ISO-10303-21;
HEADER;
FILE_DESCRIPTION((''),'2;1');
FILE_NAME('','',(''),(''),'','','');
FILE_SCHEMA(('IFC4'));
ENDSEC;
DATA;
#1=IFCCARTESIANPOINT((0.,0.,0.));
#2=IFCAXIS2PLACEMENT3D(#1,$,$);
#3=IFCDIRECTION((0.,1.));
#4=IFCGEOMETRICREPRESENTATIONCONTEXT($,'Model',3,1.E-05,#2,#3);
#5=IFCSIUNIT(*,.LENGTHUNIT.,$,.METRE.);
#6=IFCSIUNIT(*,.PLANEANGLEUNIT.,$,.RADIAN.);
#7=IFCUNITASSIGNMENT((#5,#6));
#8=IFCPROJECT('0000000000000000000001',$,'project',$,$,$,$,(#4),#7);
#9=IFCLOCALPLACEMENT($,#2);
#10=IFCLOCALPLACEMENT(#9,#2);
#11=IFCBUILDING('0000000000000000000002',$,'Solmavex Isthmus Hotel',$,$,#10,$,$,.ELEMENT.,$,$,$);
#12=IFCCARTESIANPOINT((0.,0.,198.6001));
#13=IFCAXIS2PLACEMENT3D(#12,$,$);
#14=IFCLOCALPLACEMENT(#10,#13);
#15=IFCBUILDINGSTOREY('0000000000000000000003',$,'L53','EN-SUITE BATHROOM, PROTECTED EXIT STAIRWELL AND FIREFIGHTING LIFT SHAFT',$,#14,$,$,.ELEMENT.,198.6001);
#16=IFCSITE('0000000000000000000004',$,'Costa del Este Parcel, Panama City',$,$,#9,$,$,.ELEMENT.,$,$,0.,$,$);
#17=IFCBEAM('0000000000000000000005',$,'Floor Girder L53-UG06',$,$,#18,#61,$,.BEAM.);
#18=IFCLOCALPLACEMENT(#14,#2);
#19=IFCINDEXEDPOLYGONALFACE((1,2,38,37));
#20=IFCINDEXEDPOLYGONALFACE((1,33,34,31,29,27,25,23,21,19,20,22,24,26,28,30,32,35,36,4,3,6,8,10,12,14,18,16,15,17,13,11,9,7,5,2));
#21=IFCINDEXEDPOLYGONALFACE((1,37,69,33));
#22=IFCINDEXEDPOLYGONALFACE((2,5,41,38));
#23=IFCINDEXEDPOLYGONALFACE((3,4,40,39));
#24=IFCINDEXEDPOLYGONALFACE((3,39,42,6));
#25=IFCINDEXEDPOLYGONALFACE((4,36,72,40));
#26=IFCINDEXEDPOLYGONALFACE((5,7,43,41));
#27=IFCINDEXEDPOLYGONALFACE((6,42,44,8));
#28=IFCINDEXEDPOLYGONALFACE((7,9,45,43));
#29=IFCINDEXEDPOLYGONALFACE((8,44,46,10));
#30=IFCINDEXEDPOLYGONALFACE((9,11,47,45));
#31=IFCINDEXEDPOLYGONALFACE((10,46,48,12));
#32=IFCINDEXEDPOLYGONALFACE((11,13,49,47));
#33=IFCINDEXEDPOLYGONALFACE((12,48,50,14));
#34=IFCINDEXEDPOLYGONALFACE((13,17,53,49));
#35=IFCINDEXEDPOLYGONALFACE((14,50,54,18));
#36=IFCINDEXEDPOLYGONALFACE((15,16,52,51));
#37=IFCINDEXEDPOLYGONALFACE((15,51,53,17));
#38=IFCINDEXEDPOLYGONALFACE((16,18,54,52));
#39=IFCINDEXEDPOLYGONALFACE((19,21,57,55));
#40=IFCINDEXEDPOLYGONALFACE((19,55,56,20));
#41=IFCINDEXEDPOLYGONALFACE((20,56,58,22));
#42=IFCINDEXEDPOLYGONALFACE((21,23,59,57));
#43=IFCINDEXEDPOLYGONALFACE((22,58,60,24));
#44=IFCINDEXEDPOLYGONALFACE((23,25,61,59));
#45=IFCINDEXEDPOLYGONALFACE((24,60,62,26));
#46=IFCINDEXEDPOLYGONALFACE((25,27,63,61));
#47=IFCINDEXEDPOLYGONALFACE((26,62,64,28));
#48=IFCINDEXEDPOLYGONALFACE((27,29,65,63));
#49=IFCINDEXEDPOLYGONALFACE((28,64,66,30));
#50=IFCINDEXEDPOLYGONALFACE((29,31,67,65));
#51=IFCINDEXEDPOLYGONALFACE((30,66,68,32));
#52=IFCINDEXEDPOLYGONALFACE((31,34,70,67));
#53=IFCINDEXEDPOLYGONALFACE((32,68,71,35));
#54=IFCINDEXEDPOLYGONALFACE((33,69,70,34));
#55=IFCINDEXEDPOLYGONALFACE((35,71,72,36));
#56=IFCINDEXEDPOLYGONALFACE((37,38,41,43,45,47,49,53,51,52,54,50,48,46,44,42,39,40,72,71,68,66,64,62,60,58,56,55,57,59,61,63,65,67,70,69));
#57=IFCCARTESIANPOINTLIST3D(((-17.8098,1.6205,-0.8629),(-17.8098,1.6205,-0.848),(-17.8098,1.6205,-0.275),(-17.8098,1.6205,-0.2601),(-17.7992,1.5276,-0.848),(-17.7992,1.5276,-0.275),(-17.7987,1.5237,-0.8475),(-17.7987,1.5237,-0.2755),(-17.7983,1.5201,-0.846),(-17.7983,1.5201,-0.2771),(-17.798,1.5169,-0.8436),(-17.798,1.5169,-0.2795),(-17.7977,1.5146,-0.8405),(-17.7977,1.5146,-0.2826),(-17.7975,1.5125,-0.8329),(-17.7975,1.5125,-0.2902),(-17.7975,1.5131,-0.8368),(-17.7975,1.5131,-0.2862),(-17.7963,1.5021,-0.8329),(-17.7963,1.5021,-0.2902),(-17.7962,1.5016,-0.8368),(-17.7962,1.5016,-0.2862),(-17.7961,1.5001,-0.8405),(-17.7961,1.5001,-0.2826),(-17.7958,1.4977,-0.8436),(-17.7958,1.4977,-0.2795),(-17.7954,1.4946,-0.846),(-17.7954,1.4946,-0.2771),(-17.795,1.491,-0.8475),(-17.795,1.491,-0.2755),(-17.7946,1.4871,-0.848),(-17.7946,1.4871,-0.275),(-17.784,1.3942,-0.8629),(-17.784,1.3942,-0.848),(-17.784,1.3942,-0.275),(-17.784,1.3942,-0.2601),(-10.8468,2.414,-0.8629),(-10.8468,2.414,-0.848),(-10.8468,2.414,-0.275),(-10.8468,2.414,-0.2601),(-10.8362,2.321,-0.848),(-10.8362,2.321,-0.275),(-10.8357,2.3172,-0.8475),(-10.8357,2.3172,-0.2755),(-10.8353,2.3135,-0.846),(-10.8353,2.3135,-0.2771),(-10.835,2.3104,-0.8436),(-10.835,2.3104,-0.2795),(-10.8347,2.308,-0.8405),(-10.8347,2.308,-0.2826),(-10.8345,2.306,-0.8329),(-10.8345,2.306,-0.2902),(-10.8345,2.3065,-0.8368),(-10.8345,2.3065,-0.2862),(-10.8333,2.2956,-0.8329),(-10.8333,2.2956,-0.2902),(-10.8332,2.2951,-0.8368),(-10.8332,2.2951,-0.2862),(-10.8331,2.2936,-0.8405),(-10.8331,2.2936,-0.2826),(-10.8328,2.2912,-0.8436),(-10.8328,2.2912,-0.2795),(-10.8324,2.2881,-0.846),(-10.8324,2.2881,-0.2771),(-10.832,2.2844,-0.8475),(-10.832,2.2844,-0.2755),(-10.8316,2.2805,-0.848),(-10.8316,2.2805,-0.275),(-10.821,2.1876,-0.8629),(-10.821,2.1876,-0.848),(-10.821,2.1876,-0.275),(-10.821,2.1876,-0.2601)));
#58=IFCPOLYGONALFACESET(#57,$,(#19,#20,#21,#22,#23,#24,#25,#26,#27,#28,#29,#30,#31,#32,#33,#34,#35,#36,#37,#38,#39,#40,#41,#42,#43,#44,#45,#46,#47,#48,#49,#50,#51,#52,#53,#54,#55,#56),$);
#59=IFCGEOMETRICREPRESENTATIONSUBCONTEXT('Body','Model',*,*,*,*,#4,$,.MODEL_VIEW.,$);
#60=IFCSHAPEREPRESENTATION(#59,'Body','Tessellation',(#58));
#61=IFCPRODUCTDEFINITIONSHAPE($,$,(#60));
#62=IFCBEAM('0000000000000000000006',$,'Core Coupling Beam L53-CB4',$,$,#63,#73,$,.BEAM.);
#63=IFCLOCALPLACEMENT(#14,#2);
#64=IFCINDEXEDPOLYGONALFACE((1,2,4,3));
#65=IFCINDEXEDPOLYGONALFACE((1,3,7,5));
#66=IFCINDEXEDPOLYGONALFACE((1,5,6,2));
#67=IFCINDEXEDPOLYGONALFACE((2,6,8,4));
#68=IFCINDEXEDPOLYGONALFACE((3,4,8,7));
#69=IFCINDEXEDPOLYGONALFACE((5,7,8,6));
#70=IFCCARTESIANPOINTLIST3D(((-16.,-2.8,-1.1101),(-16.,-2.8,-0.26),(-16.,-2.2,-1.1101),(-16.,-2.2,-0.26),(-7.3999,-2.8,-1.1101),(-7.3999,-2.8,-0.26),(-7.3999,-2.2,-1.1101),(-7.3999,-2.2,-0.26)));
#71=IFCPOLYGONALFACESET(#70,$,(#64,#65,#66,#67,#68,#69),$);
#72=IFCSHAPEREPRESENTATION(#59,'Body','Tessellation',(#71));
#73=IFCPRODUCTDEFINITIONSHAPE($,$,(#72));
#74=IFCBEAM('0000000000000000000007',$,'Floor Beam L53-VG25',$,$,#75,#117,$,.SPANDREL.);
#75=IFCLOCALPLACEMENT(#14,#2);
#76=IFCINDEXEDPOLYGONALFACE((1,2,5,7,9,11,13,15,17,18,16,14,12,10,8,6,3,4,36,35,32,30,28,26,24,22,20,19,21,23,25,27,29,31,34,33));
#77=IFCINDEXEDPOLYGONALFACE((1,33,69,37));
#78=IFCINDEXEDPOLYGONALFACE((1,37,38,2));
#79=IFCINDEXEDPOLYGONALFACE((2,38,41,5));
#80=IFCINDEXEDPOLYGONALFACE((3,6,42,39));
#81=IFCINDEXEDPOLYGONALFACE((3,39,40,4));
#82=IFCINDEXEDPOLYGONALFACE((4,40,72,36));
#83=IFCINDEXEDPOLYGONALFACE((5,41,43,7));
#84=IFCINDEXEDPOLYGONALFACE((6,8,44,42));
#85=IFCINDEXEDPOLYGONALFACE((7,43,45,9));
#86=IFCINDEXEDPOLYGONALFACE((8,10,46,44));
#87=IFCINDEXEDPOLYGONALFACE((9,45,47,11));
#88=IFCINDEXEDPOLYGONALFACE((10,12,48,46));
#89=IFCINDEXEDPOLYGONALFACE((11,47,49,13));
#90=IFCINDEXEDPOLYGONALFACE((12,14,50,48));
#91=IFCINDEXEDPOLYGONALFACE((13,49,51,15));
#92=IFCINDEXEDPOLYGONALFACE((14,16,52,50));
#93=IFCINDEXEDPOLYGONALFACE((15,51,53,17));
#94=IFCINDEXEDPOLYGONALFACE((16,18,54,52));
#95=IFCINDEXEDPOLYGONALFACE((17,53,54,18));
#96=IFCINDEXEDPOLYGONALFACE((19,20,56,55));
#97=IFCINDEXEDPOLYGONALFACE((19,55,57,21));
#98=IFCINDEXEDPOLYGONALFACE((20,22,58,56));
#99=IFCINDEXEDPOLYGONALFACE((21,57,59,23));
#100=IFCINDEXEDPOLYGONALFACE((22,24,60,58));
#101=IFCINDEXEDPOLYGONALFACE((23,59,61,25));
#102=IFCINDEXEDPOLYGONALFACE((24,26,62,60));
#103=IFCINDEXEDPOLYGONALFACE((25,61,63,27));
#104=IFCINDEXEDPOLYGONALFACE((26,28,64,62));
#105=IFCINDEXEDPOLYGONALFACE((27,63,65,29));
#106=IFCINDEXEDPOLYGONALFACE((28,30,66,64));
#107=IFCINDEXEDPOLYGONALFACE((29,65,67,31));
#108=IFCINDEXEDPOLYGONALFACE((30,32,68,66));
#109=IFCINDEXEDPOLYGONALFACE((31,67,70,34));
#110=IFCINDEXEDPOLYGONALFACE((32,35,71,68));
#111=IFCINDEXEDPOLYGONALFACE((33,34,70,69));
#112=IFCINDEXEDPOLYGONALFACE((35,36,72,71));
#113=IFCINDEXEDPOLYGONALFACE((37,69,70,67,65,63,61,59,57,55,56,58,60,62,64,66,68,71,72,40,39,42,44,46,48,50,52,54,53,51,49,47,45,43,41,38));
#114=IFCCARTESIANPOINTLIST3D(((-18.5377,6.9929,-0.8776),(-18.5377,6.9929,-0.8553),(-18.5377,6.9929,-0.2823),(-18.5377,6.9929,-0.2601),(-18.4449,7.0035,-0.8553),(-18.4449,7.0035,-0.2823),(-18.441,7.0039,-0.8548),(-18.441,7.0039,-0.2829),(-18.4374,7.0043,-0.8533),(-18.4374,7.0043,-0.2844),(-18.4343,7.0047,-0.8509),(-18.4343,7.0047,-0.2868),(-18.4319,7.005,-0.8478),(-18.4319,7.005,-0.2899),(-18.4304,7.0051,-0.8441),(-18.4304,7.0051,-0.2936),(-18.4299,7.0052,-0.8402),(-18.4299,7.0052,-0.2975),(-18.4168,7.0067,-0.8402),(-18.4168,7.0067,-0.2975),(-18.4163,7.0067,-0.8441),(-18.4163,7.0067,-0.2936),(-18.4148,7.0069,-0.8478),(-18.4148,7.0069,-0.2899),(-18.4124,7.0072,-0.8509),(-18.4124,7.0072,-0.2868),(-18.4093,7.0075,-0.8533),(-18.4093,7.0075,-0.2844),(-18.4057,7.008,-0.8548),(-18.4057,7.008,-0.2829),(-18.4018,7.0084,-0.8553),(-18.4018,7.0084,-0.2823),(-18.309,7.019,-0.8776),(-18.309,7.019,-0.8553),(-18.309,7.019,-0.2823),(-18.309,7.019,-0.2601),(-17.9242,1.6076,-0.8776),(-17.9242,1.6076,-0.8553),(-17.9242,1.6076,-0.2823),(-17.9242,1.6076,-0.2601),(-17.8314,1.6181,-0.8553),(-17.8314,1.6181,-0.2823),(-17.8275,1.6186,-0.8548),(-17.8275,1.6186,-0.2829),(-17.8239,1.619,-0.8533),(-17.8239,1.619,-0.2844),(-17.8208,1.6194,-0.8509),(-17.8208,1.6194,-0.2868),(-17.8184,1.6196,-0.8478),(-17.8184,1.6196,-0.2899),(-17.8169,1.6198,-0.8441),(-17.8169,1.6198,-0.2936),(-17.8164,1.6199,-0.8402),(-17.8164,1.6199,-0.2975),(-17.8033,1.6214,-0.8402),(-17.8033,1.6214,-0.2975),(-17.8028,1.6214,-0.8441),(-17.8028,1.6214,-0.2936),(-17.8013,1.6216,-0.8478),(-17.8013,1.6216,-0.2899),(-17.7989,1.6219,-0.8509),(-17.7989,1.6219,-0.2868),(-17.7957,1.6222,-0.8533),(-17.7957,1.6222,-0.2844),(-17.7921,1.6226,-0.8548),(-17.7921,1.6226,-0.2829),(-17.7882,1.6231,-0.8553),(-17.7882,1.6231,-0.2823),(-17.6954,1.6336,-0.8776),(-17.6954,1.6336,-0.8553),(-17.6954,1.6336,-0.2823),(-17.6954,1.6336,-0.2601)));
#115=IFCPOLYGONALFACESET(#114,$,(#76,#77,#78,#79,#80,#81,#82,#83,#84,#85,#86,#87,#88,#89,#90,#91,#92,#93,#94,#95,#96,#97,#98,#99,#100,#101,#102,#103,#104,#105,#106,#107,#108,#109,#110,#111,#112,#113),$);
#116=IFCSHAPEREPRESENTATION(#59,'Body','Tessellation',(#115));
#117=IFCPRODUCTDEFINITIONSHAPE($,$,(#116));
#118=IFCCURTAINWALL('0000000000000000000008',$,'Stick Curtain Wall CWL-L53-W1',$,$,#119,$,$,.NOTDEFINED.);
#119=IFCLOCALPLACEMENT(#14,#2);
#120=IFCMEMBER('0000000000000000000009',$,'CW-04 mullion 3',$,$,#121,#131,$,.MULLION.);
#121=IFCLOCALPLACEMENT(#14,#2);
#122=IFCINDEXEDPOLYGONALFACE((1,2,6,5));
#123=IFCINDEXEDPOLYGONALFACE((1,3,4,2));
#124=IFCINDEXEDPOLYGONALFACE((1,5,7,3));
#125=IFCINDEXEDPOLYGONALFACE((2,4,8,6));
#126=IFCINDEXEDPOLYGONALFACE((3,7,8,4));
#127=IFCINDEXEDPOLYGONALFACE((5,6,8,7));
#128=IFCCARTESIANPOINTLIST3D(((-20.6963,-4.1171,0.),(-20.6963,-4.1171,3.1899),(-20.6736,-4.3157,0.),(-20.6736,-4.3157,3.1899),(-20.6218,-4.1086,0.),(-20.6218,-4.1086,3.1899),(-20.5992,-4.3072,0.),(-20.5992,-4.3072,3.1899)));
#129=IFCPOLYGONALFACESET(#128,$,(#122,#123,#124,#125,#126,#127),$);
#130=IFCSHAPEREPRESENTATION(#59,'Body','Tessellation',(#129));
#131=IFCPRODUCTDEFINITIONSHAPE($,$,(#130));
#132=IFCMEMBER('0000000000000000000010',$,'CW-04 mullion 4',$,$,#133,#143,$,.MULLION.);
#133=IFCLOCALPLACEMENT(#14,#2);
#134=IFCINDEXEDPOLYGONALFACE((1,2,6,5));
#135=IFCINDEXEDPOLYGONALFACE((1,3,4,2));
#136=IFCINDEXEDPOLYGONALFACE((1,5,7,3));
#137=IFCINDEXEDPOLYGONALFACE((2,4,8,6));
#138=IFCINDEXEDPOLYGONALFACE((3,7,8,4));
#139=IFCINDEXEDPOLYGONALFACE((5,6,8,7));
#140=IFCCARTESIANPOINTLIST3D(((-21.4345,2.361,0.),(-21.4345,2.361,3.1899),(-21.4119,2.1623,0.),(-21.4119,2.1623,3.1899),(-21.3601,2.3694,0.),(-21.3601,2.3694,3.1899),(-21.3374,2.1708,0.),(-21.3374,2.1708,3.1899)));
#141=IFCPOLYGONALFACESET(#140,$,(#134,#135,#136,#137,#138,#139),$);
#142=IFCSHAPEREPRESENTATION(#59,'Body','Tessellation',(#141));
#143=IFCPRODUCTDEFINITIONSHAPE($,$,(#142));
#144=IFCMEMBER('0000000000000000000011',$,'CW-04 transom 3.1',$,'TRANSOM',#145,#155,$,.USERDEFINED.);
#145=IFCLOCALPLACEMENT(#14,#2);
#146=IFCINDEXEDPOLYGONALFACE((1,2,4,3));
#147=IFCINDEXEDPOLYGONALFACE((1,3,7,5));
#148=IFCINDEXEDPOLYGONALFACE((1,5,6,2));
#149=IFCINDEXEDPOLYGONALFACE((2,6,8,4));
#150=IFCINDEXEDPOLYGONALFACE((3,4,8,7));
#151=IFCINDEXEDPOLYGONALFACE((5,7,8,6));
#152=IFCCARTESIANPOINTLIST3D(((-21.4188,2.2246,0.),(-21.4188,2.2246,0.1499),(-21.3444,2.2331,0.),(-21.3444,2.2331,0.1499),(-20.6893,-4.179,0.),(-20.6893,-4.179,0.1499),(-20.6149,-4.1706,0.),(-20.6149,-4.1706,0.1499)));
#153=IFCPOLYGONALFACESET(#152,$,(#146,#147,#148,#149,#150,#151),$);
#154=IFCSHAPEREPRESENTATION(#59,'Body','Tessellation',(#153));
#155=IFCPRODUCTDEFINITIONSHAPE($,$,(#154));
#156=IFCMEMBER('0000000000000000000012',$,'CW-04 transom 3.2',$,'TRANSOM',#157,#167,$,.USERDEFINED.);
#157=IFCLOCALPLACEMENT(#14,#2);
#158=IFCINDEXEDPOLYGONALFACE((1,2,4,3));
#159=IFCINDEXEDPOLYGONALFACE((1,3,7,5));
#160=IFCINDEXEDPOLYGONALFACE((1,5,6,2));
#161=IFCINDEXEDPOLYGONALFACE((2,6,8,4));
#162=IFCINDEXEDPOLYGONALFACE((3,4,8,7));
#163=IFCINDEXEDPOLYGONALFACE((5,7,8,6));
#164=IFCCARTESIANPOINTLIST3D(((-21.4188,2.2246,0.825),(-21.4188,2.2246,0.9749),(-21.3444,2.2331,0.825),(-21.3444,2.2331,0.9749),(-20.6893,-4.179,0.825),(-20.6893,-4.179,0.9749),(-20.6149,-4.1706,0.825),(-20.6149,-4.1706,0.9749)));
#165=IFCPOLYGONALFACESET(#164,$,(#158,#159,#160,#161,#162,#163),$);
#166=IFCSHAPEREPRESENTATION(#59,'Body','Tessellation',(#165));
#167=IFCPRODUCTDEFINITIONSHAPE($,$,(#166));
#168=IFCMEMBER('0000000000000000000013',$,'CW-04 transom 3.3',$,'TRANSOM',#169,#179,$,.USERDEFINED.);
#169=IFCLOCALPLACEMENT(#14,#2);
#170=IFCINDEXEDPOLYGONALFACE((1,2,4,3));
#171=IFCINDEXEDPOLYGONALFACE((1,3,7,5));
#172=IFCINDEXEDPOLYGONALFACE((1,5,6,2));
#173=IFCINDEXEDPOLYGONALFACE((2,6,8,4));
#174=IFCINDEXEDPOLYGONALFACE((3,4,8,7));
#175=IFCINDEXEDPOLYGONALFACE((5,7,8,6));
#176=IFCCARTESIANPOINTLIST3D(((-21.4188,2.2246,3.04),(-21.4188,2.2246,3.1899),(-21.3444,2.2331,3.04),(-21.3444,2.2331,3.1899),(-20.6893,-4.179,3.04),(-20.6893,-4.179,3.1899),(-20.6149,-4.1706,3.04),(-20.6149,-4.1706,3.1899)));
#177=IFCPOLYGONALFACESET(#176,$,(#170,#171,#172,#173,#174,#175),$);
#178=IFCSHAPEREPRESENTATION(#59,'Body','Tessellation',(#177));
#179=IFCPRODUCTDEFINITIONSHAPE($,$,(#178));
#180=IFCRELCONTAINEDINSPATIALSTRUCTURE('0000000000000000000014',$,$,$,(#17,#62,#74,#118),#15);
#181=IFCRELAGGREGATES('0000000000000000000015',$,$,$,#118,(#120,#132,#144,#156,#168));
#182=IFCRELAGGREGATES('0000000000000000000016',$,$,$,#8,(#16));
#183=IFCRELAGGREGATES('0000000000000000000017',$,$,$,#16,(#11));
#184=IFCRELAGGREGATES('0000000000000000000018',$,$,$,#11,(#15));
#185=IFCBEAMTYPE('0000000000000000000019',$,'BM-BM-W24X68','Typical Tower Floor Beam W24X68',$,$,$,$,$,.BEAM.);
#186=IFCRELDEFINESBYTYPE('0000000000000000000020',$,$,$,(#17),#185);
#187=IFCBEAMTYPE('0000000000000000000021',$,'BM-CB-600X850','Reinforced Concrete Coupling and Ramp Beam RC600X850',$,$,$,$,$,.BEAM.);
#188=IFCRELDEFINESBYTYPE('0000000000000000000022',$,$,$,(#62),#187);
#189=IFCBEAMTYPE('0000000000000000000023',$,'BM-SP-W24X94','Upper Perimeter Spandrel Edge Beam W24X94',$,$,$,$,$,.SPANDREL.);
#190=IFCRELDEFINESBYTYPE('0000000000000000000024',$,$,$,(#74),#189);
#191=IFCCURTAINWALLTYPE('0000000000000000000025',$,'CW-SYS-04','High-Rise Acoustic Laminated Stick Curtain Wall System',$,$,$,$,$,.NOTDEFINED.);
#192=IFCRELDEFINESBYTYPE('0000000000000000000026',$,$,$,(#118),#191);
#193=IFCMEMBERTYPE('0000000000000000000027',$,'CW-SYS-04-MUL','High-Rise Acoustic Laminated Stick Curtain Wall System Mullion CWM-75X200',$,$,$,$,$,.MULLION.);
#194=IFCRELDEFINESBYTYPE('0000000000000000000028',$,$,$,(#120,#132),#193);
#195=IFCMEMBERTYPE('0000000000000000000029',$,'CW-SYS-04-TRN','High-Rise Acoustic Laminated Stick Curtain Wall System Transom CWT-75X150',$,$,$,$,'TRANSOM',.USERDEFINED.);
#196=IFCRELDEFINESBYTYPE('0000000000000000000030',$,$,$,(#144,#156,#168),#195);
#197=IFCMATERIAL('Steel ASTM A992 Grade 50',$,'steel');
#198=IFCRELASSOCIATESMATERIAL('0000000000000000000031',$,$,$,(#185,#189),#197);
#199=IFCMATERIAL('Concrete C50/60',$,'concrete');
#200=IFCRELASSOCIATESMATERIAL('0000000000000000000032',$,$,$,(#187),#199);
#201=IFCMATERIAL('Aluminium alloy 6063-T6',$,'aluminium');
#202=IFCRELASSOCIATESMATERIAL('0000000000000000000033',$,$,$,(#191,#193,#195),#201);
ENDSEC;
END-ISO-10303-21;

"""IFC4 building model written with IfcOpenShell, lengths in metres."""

from ifc_helpers import new_model, si_unit, direction, frame, origin, origin_2d, place, context, subcontext, project, spatial, rectangle, i_section, extrude, material, material_profile, profile_set, type_object, element, aggregate, save


model = new_model("IFC4")

# Units and contexts
model_context = context("Model", 3, precision=1e-05, world=origin(), true_north=direction((0.0, 1.0)))
body_context = subcontext(model_context, "Body", "Model", "MODEL_VIEW")
ifc_project = project(units=[si_unit("LENGTHUNIT", "METRE"), si_unit("PLANEANGLEUNIT", "RADIAN")], contexts=[model_context])

# Site, building, storey
site_placement = place(None, origin())
site = spatial("IfcSite", under=ifc_project, at=site_placement, Name="Costa del Este Parcel, Panama City", CompositionType="ELEMENT", RefElevation=0.0)
building_placement = place(site_placement, origin())
building = spatial("IfcBuilding", under=site, at=building_placement, Name="Solmavex Isthmus Hotel", CompositionType="ELEMENT")
storey_placement = place(building_placement, frame((0.0, 0.0, 198.6001)))
storey = spatial("IfcBuildingStorey", under=building, at=storey_placement, Name="L53", Description="EN-SUITE BATHROOM, PROTECTED EXIT STAIRWELL AND FIREFIGHTING LIFT SHAFT", CompositionType="ELEMENT", Elevation=198.6001)

# Shared definitions
ifc_material_1 = material(Name="Concrete C50/60", Category="concrete")

# Beams
ifc_material_2 = material(Name="Steel ASTM A992 Grade 50", Category="steel")
ifc_material_profile_1 = material_profile(ifc_material_2, i_section(OverallWidth=0.2278, OverallDepth=0.6028, WebThickness=0.0105, FlangeThickness=0.0149, FilletRadius=0.0151, at=origin_2d()), Name="W24X68")
ifc_profile_set_1 = profile_set([ifc_material_profile_1], Name="Steel ASTM A992 Grade 50")
beam_type_1 = type_object("IfcBeamType", Name="BM-BM-W24X68", Description="Typical Tower Floor Beam W24X68", PredefinedType="BEAM", material=ifc_profile_set_1)
beam_1_placement = place(storey_placement, frame((-17.7969, 1.5073, -0.5615), z_axis=(0.99357, 0.113222, 0.0), x_axis=(-0.113222, 0.99357, 0.0)))
element("IfcBeam", 1, at=beam_1_placement, inside=storey, type_object=beam_type_1, Name="Floor Girder L53-UG06", PredefinedType="BEAM", context=body_context, shape_type="SweptSolid", body=[
    extrude(i_section(OverallWidth=0.2278, OverallDepth=0.6028, WebThickness=0.0105, FlangeThickness=0.0149, FilletRadius=0.0151, at=origin_2d()), origin(), (0.0, 0.0, 1.0), 7.0081),
])
ifc_material_profile_2 = material_profile(ifc_material_1, rectangle(XDim=0.6001, YDim=0.8501, at=origin_2d()), Name="RC600X850")
ifc_profile_set_2 = profile_set([ifc_material_profile_2], Name="Concrete C50/60")
beam_type_2 = type_object("IfcBeamType", Name="BM-CB-600X850", Description="Reinforced Concrete Coupling and Ramp Beam RC600X850", PredefinedType="BEAM", material=ifc_profile_set_2)
beam_2_placement = place(storey_placement, frame((-16.0, -2.5, -0.6851), z_axis=(1.0, 0.0, 0.0), x_axis=(0.0, 1.0, 0.0)))
element("IfcBeam", 2, at=beam_2_placement, inside=storey, type_object=beam_type_2, Name="Core Coupling Beam L53-CB4", PredefinedType="BEAM", context=body_context, shape_type="SweptSolid", body=[
    extrude(rectangle(XDim=0.6001, YDim=0.8501, at=origin_2d()), origin(), (0.0, 0.0, 1.0), 8.6001),
])
ifc_material_profile_3 = material_profile(ifc_material_2, i_section(OverallWidth=0.2302, OverallDepth=0.6174, WebThickness=0.0132, FlangeThickness=0.0222, FilletRadius=0.0151, at=origin_2d()), Name="W24X94")
ifc_profile_set_3 = profile_set([ifc_material_profile_3], Name="Steel ASTM A992 Grade 50")
beam_type_3 = type_object("IfcBeamType", Name="BM-SP-W24X94", Description="Upper Perimeter Spandrel Edge Beam W24X94", PredefinedType="SPANDREL", material=ifc_profile_set_3)
beam_3_placement = place(storey_placement, frame((-17.8098, 1.6206, -0.5688), z_axis=(-0.113195, 0.993573, 0.0), x_axis=(-0.993573, -0.113195, 0.0)))
element("IfcBeam", 3, at=beam_3_placement, inside=storey, type_object=beam_type_3, Name="Floor Beam L53-VG25", PredefinedType="SPANDREL", context=body_context, shape_type="SweptSolid", body=[
    extrude(i_section(OverallWidth=0.2302, OverallDepth=0.6174, WebThickness=0.0132, FlangeThickness=0.0222, FilletRadius=0.0151, at=origin_2d()), origin(), (0.0, 0.0, 1.0), 5.4202),
])

# Curtain wall, members
ifc_material_3 = material(Name="Aluminium alloy 6063-T6", Category="aluminium")
curtain_wall_type = type_object("IfcCurtainWallType", Name="CW-SYS-04", Description="High-Rise Acoustic Laminated Stick Curtain Wall System", PredefinedType="NOTDEFINED", material=ifc_material_3)
curtain_wall_placement = place(storey_placement, origin())
curtain_wall = element("IfcCurtainWall", 4, at=curtain_wall_placement, inside=storey, type_object=curtain_wall_type, Name="Stick Curtain Wall CWL-L53-W1", PredefinedType="NOTDEFINED")
ifc_material_profile_4 = material_profile(ifc_material_3, rectangle(XDim=0.075, YDim=0.2, at=origin_2d()), Name="CWM-75X200")
ifc_profile_set_4 = profile_set([ifc_material_profile_4], Name="Aluminium alloy 6063-T6")
member_type_1 = type_object("IfcMemberType", Name="CW-SYS-04-MUL", Description="High-Rise Acoustic Laminated Stick Curtain Wall System Mullion CWM-75X200", PredefinedType="MULLION", material=ifc_profile_set_4)
member_1_placement = place(storey_placement, frame((-20.6477, -4.2122, 0.0), z_axis=(0.0, 0.0, 1.0), x_axis=(-0.993572, -0.113203, 0.0)))
member_1 = element("IfcMember", 5, at=member_1_placement, type_object=member_type_1, Name="CW-04 mullion 3", PredefinedType="MULLION", context=body_context, shape_type="SweptSolid", body=[
    extrude(rectangle(XDim=0.075, YDim=0.2, at=origin_2d()), origin(), (0.0, 0.0, 1.0), 3.1899),
])
member_2_placement = place(storey_placement, frame((-21.386, 2.2659, 0.0), z_axis=(0.0, 0.0, 1.0), x_axis=(-0.993572, -0.113203, 0.0)))
member_2 = element("IfcMember", 6, at=member_2_placement, type_object=member_type_1, Name="CW-04 mullion 4", PredefinedType="MULLION", context=body_context, shape_type="SweptSolid", body=[
    extrude(rectangle(XDim=0.075, YDim=0.2, at=origin_2d()), origin(), (0.0, 0.0, 1.0), 3.1899),
])
ifc_material_profile_5 = material_profile(ifc_material_3, rectangle(XDim=0.075, YDim=0.1499, at=origin_2d()), Name="CWT-75X150")
ifc_profile_set_5 = profile_set([ifc_material_profile_5], Name="Aluminium alloy 6063-T6")
member_type_2 = type_object("IfcMemberType", Name="CW-SYS-04-TRN", Description="High-Rise Acoustic Laminated Stick Curtain Wall System Transom CWT-75X150", ElementType="TRANSOM", PredefinedType="USERDEFINED", material=ifc_profile_set_5)
member_3_placement = place(storey_placement, frame((-20.6521, -4.1748, 0.075), z_axis=(-0.113188, 0.993574, 0.0), x_axis=(-0.993574, -0.113188, 0.0)))
member_3 = element("IfcMember", 7, at=member_3_placement, type_object=member_type_2, Name="CW-04 transom 3.1", ObjectType="TRANSOM", PredefinedType="USERDEFINED", context=body_context, shape_type="SweptSolid", body=[
    extrude(rectangle(XDim=0.075, YDim=0.1499, at=origin_2d()), origin(), (0.0, 0.0, 1.0), 6.4451),
])
member_4_placement = place(storey_placement, frame((-20.6521, -4.1748, 0.8999), z_axis=(-0.113188, 0.993574, 0.0), x_axis=(-0.993574, -0.113188, 0.0)))
member_4 = element("IfcMember", 8, at=member_4_placement, type_object=member_type_2, Name="CW-04 transom 3.2", ObjectType="TRANSOM", PredefinedType="USERDEFINED", context=body_context, shape_type="SweptSolid", body=[
    extrude(rectangle(XDim=0.075, YDim=0.1499, at=origin_2d()), origin(), (0.0, 0.0, 1.0), 6.4451),
])
member_5_placement = place(storey_placement, frame((-20.6521, -4.1748, 3.115), z_axis=(-0.113188, 0.993574, 0.0), x_axis=(-0.993574, -0.113188, 0.0)))
member_5 = element("IfcMember", 9, at=member_5_placement, type_object=member_type_2, Name="CW-04 transom 3.3", ObjectType="TRANSOM", PredefinedType="USERDEFINED", context=body_context, shape_type="SweptSolid", body=[
    extrude(rectangle(XDim=0.075, YDim=0.1499, at=origin_2d()), origin(), (0.0, 0.0, 1.0), 6.4451),
])
aggregate(curtain_wall, [member_1, member_2, member_3, member_4, member_5])

save(model, "model.ifc")
